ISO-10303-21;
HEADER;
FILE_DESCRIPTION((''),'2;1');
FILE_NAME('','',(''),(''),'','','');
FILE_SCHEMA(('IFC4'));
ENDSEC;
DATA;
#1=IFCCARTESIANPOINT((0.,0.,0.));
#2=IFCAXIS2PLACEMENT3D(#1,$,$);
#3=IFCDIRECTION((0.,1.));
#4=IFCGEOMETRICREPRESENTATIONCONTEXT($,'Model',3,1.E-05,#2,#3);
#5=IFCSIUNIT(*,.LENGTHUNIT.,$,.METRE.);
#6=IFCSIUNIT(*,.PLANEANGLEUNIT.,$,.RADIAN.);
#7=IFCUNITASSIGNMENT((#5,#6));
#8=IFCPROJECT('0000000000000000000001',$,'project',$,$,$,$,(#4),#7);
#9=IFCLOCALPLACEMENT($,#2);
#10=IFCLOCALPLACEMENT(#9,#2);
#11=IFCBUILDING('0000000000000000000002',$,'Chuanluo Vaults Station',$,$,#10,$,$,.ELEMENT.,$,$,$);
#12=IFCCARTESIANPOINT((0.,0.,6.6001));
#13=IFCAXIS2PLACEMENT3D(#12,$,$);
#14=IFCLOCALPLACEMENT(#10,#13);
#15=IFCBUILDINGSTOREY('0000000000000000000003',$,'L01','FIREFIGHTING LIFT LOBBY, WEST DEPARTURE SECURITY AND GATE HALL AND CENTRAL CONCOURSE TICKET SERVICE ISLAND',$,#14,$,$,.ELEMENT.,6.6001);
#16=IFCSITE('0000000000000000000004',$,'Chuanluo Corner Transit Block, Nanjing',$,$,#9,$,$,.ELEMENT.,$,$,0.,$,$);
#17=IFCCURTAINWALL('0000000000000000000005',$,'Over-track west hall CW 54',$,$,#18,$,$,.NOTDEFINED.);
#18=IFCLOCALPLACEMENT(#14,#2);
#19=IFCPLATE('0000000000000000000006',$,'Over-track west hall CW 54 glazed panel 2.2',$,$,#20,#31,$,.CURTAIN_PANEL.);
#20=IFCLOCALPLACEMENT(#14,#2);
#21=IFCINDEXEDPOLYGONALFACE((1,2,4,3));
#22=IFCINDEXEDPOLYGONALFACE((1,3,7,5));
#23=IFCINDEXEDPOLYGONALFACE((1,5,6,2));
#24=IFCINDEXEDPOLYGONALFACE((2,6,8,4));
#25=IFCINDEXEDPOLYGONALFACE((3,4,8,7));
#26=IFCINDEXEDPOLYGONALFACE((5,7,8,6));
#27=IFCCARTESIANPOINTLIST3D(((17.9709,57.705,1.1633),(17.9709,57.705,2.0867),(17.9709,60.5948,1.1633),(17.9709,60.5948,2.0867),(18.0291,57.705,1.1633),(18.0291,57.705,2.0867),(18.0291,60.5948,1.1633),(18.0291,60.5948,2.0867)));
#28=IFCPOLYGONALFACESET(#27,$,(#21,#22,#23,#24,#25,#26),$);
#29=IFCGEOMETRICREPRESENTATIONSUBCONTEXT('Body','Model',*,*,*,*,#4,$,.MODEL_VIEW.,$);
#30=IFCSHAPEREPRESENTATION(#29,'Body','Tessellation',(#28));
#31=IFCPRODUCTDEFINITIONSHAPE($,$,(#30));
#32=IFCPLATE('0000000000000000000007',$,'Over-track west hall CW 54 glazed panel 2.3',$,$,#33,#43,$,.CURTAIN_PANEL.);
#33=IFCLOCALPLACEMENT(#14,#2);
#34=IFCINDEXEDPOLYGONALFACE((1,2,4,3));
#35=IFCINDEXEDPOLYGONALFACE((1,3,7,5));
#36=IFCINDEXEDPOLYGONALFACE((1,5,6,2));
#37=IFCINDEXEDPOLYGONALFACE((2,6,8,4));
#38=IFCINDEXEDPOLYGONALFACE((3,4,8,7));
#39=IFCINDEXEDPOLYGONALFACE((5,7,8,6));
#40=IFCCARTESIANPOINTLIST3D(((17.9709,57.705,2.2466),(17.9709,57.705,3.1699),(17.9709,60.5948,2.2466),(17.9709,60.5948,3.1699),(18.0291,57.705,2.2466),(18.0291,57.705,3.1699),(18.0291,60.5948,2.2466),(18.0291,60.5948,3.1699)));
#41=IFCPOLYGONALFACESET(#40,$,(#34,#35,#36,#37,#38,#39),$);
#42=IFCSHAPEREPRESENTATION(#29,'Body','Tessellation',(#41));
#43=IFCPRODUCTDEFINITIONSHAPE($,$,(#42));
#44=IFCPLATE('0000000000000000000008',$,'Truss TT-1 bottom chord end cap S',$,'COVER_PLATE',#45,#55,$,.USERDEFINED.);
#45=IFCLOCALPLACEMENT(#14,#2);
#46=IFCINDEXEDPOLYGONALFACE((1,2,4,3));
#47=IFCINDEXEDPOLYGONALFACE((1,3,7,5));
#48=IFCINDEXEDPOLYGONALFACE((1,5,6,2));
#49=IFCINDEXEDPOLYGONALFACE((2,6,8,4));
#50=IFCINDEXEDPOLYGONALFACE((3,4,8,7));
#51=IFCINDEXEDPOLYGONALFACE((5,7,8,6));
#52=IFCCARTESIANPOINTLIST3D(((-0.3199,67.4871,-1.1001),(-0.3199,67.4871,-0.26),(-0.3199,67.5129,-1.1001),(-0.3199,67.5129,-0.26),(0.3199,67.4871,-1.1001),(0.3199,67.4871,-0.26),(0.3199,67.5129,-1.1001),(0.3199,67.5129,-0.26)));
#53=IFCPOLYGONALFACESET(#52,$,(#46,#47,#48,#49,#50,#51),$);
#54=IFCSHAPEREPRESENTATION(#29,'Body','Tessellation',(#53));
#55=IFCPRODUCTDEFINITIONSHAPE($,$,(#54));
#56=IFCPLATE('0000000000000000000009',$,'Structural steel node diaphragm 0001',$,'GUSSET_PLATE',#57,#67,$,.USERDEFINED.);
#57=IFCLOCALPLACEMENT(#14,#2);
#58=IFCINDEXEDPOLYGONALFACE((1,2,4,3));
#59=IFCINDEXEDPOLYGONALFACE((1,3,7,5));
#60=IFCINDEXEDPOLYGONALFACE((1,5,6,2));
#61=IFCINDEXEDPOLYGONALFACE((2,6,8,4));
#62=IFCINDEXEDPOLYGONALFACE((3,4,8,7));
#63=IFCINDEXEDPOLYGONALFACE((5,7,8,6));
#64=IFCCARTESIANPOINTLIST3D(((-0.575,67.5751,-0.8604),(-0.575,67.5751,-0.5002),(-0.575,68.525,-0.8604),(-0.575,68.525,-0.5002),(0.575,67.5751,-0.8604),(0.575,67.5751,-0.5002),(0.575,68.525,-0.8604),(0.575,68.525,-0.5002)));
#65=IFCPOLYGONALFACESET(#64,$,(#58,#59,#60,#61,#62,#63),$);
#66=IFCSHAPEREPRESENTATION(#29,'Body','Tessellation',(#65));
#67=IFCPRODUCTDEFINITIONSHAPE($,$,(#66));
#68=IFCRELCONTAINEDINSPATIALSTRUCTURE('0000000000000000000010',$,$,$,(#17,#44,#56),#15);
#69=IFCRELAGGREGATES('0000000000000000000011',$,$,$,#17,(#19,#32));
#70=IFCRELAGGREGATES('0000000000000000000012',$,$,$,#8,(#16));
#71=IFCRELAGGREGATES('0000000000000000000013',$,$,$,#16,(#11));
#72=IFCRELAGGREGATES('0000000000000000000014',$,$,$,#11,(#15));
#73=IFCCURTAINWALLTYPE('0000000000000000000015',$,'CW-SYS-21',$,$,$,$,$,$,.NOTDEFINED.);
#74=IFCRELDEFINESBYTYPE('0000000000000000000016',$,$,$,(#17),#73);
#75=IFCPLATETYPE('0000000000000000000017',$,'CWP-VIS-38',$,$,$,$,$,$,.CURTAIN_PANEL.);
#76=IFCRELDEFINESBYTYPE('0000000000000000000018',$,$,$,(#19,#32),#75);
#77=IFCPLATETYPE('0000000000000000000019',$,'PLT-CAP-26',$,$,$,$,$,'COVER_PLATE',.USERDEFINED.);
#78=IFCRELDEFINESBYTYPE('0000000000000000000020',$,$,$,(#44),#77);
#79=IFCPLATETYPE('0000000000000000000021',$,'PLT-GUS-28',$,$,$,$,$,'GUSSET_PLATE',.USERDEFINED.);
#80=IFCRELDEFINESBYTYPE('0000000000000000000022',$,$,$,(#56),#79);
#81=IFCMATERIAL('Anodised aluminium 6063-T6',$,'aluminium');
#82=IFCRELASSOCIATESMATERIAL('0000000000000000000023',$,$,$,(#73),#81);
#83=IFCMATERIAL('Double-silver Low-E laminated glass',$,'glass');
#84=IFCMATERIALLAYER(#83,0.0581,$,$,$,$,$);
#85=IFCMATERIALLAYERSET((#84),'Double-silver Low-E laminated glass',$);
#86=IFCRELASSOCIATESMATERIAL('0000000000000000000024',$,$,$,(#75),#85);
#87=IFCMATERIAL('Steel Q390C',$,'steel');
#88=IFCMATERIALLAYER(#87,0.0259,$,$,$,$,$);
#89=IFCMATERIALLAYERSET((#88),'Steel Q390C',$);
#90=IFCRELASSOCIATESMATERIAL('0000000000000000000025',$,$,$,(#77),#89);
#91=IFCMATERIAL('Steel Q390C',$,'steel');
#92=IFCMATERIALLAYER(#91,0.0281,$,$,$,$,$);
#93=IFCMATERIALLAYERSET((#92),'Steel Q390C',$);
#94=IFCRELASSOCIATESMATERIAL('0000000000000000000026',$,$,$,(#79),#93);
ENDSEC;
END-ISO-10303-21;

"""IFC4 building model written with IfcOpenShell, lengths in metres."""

from ifc_helpers import new_model, si_unit, direction, frame, origin, origin_2d, place, context, subcontext, project, spatial, rectangle, extrude, material, layer, layer_set, type_object, element, aggregate, save


model = new_model("IFC4")

# Units and contexts
model_context = context("Model", 3, precision=1e-05, world=origin(), true_north=direction((0.0, 1.0)))
body_context = subcontext(model_context, "Body", "Model", "MODEL_VIEW")
ifc_project = project(units=[si_unit("LENGTHUNIT", "METRE"), si_unit("PLANEANGLEUNIT", "RADIAN")], contexts=[model_context])

# Site, building, storey
site_placement = place(None, origin())
site = spatial("IfcSite", under=ifc_project, at=site_placement, Name="Chuanluo Corner Transit Block, Nanjing", CompositionType="ELEMENT", RefElevation=0.0)
building_placement = place(site_placement, origin())
building = spatial("IfcBuilding", under=site, at=building_placement, Name="Chuanluo Vaults Station", CompositionType="ELEMENT")
storey_placement = place(building_placement, frame((0.0, 0.0, 6.6001)))
storey = spatial("IfcBuildingStorey", under=building, at=storey_placement, Name="L01", Description="FIREFIGHTING LIFT LOBBY, WEST DEPARTURE SECURITY AND GATE HALL AND CENTRAL CONCOURSE TICKET SERVICE ISLAND", CompositionType="ELEMENT", Elevation=6.6001)

# Curtain wall
ifc_material_1 = material(Name="Anodised aluminium 6063-T6", Category="aluminium")
curtain_wall_type = type_object("IfcCurtainWallType", Name="CW-SYS-21", PredefinedType="NOTDEFINED", material=ifc_material_1)
curtain_wall_placement = place(storey_placement, origin())
curtain_wall = element("IfcCurtainWall", 1, at=curtain_wall_placement, inside=storey, type_object=curtain_wall_type, Name="Over-track west hall CW 54", PredefinedType="NOTDEFINED")

# Plates
ifc_material_2 = material(Name="Double-silver Low-E laminated glass", Category="glass")
ifc_layer_1 = layer(ifc_material_2, 0.0581)
ifc_layer_set_1 = layer_set([ifc_layer_1], Name="Double-silver Low-E laminated glass")
plate_type_1 = type_object("IfcPlateType", Name="CWP-VIS-38", PredefinedType="CURTAIN_PANEL", material=ifc_layer_set_1)
plate_1_placement = place(storey_placement, frame((18.0, 59.1499, 1.1633), z_axis=(0.0, 0.0, 1.0), x_axis=(0.0, 1.0, 0.0)))
plate_1 = element("IfcPlate", 2, at=plate_1_placement, type_object=plate_type_1, Name="Over-track west hall CW 54 glazed panel 2.2", PredefinedType="CURTAIN_PANEL", context=body_context, shape_type="SweptSolid", body=[
    extrude(rectangle(XDim=2.8899, YDim=0.0581, at=origin_2d()), origin(), (0.0, 0.0, 1.0), 0.9233),
])
plate_2_placement = place(storey_placement, frame((18.0, 59.1499, 2.2466), z_axis=(0.0, 0.0, 1.0), x_axis=(0.0, 1.0, 0.0)))
plate_2 = element("IfcPlate", 3, at=plate_2_placement, type_object=plate_type_1, Name="Over-track west hall CW 54 glazed panel 2.3", PredefinedType="CURTAIN_PANEL", context=body_context, shape_type="SweptSolid", body=[
    extrude(rectangle(XDim=2.8899, YDim=0.0581, at=origin_2d()), origin(), (0.0, 0.0, 1.0), 0.9233),
])
aggregate(curtain_wall, [plate_1, plate_2])

# Plates
ifc_material_3 = material(Name="Steel Q390C", Category="steel")
ifc_layer_2 = layer(ifc_material_3, 0.0259)
ifc_layer_set_2 = layer_set([ifc_layer_2], Name="Steel Q390C")
plate_type_2 = type_object("IfcPlateType", Name="PLT-CAP-26", ElementType="COVER_PLATE", PredefinedType="USERDEFINED", material=ifc_layer_set_2)
plate_3_placement = place(storey_placement, frame((0.0, 67.5, -1.1001), z_axis=(0.0, 0.0, 1.0), x_axis=(1.0, 0.0, 0.0)))
element("IfcPlate", 4, at=plate_3_placement, inside=storey, type_object=plate_type_2, Name="Truss TT-1 bottom chord end cap S", ObjectType="COVER_PLATE", PredefinedType="USERDEFINED", context=body_context, shape_type="SweptSolid", body=[
    extrude(rectangle(XDim=0.6399, YDim=0.0259, at=origin_2d()), origin(), (0.0, 0.0, 1.0), 0.8401),
])
ifc_material_4 = material(Name="Steel Q390C", Category="steel")
ifc_layer_3 = layer(ifc_material_4, 0.0281)
ifc_layer_set_3 = layer_set([ifc_layer_3], Name="Steel Q390C")
plate_type_3 = type_object("IfcPlateType", Name="PLT-GUS-28", ElementType="GUSSET_PLATE", PredefinedType="USERDEFINED", material=ifc_layer_set_3)
plate_4_placement = place(storey_placement, frame((0.0, 68.05, -0.8604), z_axis=(0.0, 0.0, 1.0), x_axis=(1.0, 0.0, 0.0)))
element("IfcPlate", 5, at=plate_4_placement, inside=storey, type_object=plate_type_3, Name="Structural steel node diaphragm 0001", ObjectType="GUSSET_PLATE", PredefinedType="USERDEFINED", context=body_context, shape_type="SweptSolid", body=[
    extrude(rectangle(XDim=1.1499, YDim=0.95, at=origin_2d()), origin(), (0.0, 0.0, 1.0), 0.3601),
])

save(model, "model.ifc")
